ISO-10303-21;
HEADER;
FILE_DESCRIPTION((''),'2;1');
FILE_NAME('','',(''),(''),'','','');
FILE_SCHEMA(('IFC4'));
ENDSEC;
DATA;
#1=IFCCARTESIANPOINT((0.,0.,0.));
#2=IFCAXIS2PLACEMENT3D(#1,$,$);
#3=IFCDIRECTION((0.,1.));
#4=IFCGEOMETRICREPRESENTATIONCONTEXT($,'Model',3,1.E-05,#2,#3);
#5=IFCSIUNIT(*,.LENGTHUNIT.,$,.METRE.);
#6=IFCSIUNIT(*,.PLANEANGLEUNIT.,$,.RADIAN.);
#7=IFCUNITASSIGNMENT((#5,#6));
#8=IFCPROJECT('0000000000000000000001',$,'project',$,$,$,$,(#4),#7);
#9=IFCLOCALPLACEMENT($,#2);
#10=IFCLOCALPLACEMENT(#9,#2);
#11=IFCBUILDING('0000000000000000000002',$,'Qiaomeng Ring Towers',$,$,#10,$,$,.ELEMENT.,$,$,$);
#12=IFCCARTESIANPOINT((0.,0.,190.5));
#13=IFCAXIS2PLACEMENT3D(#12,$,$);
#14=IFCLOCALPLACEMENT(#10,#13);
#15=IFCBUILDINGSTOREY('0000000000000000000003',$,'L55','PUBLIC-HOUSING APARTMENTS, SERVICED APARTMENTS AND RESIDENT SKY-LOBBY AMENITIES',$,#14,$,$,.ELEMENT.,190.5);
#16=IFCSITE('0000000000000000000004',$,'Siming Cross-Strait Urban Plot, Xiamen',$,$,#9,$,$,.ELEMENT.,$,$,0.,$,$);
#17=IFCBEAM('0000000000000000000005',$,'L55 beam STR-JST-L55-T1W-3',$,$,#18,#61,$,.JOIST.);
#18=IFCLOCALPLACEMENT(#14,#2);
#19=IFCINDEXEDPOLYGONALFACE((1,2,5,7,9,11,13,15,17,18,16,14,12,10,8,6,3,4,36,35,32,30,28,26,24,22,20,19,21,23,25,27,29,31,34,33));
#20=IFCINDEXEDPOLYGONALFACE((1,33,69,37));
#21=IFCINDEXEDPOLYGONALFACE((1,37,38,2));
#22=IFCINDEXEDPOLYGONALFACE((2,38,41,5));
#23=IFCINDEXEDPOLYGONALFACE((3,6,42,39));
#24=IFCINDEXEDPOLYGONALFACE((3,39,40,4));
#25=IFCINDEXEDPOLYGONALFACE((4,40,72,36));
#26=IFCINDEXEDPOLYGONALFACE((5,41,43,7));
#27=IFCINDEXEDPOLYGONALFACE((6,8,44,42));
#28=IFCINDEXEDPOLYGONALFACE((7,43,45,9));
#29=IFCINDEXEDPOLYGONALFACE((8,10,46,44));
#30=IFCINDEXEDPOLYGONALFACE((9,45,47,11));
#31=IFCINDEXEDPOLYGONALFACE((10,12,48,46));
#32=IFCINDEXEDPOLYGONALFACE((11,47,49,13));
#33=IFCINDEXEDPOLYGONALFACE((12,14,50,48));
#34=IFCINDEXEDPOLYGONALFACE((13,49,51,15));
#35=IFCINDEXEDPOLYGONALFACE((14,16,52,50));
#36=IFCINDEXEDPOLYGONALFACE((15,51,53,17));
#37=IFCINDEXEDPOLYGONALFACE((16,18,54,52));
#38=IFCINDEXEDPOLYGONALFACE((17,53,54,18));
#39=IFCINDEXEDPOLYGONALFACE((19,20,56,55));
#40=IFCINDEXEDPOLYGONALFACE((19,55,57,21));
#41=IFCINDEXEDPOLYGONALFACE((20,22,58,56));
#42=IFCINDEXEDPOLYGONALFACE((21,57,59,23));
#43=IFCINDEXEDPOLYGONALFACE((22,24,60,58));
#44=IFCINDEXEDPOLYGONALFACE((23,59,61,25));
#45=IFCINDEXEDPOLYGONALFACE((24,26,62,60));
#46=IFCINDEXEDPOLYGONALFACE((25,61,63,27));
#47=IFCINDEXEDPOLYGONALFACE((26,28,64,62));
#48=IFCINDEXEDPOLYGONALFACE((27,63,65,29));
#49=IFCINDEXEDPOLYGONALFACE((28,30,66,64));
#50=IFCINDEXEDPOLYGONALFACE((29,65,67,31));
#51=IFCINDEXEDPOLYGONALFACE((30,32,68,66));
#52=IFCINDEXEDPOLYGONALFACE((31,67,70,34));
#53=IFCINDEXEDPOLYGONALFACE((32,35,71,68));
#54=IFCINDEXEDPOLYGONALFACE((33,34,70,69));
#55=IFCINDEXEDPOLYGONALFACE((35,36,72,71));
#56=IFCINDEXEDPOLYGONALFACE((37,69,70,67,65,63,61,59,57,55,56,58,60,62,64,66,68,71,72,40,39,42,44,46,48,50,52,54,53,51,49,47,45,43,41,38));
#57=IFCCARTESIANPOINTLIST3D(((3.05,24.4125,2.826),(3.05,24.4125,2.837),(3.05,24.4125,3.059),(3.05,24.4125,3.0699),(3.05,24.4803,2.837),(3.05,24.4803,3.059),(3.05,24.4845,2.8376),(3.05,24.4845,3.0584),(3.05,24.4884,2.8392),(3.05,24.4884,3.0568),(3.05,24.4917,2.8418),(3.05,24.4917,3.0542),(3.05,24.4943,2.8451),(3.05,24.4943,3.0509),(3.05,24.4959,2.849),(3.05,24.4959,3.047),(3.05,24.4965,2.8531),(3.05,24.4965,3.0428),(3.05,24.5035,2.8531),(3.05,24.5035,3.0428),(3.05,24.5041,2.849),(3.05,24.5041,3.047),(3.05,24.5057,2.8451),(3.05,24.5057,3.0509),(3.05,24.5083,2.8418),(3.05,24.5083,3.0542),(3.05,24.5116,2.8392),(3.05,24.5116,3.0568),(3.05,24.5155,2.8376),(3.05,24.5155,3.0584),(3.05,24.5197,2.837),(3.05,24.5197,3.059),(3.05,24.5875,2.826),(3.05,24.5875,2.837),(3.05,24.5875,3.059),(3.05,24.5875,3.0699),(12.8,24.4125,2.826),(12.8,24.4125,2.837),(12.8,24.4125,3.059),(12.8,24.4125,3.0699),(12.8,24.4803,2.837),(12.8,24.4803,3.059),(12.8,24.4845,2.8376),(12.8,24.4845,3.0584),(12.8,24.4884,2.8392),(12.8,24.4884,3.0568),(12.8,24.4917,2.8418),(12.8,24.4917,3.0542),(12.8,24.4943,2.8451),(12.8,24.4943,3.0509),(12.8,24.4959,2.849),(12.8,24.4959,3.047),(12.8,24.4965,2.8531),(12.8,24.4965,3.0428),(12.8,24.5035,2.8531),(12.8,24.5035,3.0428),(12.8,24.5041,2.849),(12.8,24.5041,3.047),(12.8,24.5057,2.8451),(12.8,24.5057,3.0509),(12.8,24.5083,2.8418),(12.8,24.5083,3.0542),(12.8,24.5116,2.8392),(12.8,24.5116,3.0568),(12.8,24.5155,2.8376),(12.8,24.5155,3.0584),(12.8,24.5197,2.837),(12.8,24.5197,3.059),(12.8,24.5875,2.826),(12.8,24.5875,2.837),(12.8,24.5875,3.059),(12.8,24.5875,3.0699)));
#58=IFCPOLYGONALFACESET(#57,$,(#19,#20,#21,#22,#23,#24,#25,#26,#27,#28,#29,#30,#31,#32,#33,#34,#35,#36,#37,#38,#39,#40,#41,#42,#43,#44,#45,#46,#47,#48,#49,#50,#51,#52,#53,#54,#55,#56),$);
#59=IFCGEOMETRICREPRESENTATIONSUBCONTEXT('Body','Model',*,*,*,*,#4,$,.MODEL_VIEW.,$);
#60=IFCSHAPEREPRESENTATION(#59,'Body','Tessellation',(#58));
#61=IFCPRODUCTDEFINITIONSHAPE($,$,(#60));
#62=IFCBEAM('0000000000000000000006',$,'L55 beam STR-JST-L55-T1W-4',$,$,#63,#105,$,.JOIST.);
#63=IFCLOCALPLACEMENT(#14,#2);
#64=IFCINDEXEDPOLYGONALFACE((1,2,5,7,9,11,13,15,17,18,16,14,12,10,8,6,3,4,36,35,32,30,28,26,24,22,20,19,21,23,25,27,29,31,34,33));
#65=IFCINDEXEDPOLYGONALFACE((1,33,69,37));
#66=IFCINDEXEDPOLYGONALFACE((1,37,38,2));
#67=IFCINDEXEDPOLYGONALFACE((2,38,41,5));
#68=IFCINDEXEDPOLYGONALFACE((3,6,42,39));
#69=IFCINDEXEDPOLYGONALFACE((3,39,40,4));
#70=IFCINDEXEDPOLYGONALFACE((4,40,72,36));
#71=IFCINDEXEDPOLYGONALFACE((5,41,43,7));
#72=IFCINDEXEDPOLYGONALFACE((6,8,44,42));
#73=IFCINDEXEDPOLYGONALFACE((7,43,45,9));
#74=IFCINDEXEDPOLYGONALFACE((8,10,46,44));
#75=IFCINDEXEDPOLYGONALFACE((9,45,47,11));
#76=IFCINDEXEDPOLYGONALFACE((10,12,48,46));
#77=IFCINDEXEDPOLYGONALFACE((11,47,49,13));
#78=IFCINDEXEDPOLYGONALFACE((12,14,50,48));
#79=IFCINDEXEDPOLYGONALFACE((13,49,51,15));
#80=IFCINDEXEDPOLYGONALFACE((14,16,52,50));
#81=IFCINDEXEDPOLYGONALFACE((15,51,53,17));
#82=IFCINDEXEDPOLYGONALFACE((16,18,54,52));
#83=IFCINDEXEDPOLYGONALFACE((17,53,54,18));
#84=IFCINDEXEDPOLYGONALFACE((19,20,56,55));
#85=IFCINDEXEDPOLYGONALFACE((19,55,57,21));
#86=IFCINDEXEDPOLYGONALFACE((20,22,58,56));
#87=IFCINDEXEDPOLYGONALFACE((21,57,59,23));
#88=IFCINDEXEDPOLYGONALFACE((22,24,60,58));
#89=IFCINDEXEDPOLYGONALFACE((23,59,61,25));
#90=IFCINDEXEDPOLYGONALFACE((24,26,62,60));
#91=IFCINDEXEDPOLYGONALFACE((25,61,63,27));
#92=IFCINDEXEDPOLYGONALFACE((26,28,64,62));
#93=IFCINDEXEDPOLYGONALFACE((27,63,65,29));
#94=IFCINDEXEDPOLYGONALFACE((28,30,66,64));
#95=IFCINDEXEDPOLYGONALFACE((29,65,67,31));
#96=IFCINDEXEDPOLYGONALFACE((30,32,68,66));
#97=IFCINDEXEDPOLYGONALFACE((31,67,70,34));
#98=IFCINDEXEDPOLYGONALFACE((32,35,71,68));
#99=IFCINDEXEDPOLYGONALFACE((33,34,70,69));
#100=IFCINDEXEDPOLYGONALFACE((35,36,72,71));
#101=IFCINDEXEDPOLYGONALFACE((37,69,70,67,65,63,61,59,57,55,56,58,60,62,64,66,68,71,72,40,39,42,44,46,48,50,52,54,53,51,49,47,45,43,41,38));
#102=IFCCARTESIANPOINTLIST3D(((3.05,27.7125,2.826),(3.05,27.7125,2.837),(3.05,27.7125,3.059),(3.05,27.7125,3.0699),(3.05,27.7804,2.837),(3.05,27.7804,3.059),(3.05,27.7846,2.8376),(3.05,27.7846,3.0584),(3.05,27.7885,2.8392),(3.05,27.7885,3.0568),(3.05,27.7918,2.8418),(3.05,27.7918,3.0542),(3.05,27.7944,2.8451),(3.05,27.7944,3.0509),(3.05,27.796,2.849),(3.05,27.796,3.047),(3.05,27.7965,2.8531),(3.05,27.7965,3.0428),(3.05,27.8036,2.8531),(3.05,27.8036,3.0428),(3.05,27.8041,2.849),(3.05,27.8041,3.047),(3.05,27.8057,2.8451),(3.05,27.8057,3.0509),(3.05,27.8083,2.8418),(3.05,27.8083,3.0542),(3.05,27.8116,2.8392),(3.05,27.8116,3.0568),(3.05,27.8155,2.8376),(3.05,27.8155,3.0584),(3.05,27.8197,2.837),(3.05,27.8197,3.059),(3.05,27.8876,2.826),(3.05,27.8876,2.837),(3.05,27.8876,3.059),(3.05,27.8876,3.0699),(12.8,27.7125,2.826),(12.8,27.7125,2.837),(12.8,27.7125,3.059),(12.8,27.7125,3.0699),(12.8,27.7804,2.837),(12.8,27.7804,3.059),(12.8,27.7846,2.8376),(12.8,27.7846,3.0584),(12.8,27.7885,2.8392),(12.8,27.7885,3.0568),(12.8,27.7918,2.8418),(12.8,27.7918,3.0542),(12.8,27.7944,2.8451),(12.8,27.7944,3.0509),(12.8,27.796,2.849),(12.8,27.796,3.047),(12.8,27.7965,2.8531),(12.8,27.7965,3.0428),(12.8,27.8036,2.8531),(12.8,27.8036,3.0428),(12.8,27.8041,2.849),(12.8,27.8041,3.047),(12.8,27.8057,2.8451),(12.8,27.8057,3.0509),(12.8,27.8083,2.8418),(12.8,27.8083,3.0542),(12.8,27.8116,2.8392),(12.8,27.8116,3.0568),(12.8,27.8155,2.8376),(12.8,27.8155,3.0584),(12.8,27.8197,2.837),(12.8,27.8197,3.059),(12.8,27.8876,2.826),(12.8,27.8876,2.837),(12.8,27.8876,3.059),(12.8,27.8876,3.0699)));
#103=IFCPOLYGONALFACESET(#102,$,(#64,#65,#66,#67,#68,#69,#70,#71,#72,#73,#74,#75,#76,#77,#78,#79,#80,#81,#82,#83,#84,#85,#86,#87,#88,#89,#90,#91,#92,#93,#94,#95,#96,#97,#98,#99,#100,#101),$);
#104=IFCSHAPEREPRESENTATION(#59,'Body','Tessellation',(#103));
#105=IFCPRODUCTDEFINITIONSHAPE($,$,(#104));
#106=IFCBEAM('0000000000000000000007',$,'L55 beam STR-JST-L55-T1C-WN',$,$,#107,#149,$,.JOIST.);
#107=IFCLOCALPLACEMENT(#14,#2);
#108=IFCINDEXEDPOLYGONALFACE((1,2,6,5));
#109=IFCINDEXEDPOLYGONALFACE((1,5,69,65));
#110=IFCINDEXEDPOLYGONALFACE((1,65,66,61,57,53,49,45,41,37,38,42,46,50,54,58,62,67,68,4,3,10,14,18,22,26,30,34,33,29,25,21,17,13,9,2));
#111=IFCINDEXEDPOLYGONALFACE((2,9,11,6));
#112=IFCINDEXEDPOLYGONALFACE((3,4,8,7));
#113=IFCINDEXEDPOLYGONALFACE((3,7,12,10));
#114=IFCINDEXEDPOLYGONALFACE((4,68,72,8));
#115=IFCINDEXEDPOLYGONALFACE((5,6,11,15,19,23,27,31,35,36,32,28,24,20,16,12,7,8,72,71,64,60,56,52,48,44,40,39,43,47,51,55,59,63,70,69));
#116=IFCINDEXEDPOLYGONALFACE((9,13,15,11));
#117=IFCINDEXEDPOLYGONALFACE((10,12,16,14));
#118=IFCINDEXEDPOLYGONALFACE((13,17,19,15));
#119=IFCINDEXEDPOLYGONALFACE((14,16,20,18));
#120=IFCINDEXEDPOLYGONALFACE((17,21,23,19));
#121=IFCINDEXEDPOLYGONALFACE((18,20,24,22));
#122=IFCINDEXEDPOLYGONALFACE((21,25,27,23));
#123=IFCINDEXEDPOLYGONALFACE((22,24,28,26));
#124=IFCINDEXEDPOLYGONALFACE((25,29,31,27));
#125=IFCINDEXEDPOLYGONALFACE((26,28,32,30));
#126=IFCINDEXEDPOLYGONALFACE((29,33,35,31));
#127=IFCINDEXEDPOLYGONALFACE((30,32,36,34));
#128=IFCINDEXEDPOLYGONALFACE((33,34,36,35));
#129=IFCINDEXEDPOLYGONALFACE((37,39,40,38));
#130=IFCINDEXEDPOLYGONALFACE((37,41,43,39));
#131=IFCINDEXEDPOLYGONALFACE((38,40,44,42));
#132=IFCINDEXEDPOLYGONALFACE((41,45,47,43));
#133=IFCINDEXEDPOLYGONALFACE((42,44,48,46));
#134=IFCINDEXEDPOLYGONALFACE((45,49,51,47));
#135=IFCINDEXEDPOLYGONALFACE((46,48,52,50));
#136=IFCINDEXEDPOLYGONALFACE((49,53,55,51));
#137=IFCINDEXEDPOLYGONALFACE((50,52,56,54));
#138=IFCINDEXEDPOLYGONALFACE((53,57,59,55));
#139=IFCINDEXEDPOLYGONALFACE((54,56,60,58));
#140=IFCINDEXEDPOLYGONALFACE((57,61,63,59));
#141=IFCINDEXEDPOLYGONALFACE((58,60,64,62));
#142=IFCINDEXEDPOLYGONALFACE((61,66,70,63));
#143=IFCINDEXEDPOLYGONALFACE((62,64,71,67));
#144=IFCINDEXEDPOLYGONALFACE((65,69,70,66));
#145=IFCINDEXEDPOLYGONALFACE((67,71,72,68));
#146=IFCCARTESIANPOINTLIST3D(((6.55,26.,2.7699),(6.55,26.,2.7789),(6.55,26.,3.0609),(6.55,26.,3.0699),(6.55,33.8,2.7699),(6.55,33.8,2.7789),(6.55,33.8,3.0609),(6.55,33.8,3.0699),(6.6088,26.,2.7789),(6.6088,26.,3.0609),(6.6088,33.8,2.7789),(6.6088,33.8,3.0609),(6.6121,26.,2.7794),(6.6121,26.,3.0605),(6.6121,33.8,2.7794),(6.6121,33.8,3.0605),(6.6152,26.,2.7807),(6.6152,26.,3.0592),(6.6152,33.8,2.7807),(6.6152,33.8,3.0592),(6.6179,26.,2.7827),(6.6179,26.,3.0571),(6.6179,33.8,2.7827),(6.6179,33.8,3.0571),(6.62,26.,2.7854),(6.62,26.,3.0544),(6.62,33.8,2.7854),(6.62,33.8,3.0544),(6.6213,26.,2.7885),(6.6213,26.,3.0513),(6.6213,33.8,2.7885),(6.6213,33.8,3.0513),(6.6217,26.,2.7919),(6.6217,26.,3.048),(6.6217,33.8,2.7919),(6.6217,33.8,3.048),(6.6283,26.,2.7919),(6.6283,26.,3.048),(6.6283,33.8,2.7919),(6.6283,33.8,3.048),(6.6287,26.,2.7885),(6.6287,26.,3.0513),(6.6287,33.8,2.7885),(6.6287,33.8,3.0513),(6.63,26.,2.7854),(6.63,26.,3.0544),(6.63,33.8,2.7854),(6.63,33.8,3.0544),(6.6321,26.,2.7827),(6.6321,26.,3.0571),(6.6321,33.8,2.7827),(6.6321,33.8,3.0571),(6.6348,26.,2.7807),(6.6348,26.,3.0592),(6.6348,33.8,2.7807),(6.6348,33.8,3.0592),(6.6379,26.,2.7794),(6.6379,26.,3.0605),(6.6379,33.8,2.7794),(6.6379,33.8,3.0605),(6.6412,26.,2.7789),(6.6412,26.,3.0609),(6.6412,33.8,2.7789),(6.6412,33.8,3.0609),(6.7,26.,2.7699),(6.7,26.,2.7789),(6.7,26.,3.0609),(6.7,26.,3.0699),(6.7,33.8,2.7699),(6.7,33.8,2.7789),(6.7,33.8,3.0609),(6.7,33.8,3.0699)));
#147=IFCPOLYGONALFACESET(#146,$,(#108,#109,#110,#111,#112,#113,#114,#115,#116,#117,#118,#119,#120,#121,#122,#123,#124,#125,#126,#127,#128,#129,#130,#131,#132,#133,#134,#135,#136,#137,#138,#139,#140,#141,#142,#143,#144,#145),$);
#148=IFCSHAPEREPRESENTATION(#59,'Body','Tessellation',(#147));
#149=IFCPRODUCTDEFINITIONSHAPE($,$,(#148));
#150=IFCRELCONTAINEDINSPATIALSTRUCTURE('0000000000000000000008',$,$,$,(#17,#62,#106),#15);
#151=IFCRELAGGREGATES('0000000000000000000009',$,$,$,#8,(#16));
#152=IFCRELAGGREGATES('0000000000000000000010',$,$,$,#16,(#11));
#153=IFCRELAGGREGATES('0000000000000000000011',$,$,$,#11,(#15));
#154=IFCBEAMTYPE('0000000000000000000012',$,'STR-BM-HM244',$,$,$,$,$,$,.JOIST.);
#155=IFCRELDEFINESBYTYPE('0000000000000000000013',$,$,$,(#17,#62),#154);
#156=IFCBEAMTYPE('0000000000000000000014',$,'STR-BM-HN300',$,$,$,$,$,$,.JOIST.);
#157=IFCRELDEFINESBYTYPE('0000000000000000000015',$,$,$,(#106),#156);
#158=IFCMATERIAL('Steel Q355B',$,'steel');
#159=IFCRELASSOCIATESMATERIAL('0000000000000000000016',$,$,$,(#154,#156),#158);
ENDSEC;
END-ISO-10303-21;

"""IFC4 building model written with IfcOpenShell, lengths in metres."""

from ifc_helpers import new_model, si_unit, direction, frame, origin, origin_2d, place, context, subcontext, project, spatial, i_section, extrude, source, transform, mapped, material, material_profile, profile_set, type_object, element, save


model = new_model("IFC4")

# Units and contexts
model_context = context("Model", 3, precision=1e-05, world=origin(), true_north=direction((0.0, 1.0)))
body_context = subcontext(model_context, "Body", "Model", "MODEL_VIEW")
ifc_project = project(units=[si_unit("LENGTHUNIT", "METRE"), si_unit("PLANEANGLEUNIT", "RADIAN")], contexts=[model_context])

# Site, building, storey
site_placement = place(None, origin())
site = spatial("IfcSite", under=ifc_project, at=site_placement, Name="Siming Cross-Strait Urban Plot, Xiamen", CompositionType="ELEMENT", RefElevation=0.0)
building_placement = place(site_placement, origin())
building = spatial("IfcBuilding", under=site, at=building_placement, Name="Qiaomeng Ring Towers", CompositionType="ELEMENT")
storey_placement = place(building_placement, frame((0.0, 0.0, 190.5)))
storey = spatial("IfcBuildingStorey", under=building, at=storey_placement, Name="L55", Description="PUBLIC-HOUSING APARTMENTS, SERVICED APARTMENTS AND RESIDENT SKY-LOBBY AMENITIES", CompositionType="ELEMENT", Elevation=190.5)

# Beams
ifc_material_1 = material(Name="Steel Q355B", Category="steel")
ifc_material_profile_1 = material_profile(ifc_material_1, i_section(OverallWidth=0.175, OverallDepth=0.2439, WebThickness=0.0071, FlangeThickness=0.011, FilletRadius=0.0161, at=origin_2d()), Name="HM 244x175x7x11")
ifc_profile_set_1 = profile_set([ifc_material_profile_1], Name="Steel Q355B")
beam_type_1 = type_object("IfcBeamType", Name="STR-BM-HM244", PredefinedType="JOIST", material=ifc_profile_set_1)
shared_shape_1 = source(origin(), body_context, "Body", "SweptSolid", [
    extrude(i_section(OverallWidth=0.175, OverallDepth=0.2439, WebThickness=0.0071, FlangeThickness=0.011, FilletRadius=0.0161, at=origin_2d()), origin(), (0.0, 0.0, 1.0), 9.75),
])
for number, where, z_axis, x_axis, name in (
    (1, (3.05, 24.5, 2.948), (1.0, 0.0, 0.0), (0.0, 1.0, 0.0), "L55 beam STR-JST-L55-T1W-3"),
    (2, (3.05, 27.8, 2.948), (1.0, 0.0, 0.0), (0.0, 1.0, 0.0), "L55 beam STR-JST-L55-T1W-4"),
):
    element("IfcBeam", number, at=place(storey_placement, frame(where, z_axis=z_axis, x_axis=x_axis)), inside=storey, type_object=beam_type_1, Name=name, PredefinedType="JOIST", context=body_context, shape_type="MappedRepresentation", body=[
        mapped(shared_shape_1, transform((0.0, 0.0, 0.0), x_axis=(1.0, 0.0, 0.0), y_axis=(0.0, 1.0, 0.0), z_axis=(0.0, 0.0, 1.0), scale=1.0)),
    ])
ifc_material_profile_2 = material_profile(ifc_material_1, i_section(OverallWidth=0.1499, OverallDepth=0.3, WebThickness=0.0066, FlangeThickness=0.009, FilletRadius=0.0129, at=origin_2d()), Name="HN 300x150x6.5x9")
ifc_profile_set_2 = profile_set([ifc_material_profile_2], Name="Steel Q355B")
beam_type_2 = type_object("IfcBeamType", Name="STR-BM-HN300", PredefinedType="JOIST", material=ifc_profile_set_2)
shared_shape_2 = source(origin(), body_context, "Body", "SweptSolid", [
    extrude(i_section(OverallWidth=0.1499, OverallDepth=0.3, WebThickness=0.0066, FlangeThickness=0.009, FilletRadius=0.0129, at=origin_2d()), origin(), (0.0, 0.0, 1.0), 7.8),
])
beam_1_placement = place(storey_placement, frame((6.625, 26.0, 2.9199), z_axis=(0.0, 1.0, 0.0), x_axis=(-1.0, 0.0, 0.0)))
element("IfcBeam", 3, at=beam_1_placement, inside=storey, type_object=beam_type_2, Name="L55 beam STR-JST-L55-T1C-WN", PredefinedType="JOIST", context=body_context, shape_type="MappedRepresentation", body=[
    mapped(shared_shape_2, transform((0.0, 0.0, 0.0), x_axis=(1.0, 0.0, 0.0), y_axis=(0.0, 1.0, 0.0), z_axis=(0.0, 0.0, 1.0), scale=1.0)),
])

save(model, "model.ifc")
